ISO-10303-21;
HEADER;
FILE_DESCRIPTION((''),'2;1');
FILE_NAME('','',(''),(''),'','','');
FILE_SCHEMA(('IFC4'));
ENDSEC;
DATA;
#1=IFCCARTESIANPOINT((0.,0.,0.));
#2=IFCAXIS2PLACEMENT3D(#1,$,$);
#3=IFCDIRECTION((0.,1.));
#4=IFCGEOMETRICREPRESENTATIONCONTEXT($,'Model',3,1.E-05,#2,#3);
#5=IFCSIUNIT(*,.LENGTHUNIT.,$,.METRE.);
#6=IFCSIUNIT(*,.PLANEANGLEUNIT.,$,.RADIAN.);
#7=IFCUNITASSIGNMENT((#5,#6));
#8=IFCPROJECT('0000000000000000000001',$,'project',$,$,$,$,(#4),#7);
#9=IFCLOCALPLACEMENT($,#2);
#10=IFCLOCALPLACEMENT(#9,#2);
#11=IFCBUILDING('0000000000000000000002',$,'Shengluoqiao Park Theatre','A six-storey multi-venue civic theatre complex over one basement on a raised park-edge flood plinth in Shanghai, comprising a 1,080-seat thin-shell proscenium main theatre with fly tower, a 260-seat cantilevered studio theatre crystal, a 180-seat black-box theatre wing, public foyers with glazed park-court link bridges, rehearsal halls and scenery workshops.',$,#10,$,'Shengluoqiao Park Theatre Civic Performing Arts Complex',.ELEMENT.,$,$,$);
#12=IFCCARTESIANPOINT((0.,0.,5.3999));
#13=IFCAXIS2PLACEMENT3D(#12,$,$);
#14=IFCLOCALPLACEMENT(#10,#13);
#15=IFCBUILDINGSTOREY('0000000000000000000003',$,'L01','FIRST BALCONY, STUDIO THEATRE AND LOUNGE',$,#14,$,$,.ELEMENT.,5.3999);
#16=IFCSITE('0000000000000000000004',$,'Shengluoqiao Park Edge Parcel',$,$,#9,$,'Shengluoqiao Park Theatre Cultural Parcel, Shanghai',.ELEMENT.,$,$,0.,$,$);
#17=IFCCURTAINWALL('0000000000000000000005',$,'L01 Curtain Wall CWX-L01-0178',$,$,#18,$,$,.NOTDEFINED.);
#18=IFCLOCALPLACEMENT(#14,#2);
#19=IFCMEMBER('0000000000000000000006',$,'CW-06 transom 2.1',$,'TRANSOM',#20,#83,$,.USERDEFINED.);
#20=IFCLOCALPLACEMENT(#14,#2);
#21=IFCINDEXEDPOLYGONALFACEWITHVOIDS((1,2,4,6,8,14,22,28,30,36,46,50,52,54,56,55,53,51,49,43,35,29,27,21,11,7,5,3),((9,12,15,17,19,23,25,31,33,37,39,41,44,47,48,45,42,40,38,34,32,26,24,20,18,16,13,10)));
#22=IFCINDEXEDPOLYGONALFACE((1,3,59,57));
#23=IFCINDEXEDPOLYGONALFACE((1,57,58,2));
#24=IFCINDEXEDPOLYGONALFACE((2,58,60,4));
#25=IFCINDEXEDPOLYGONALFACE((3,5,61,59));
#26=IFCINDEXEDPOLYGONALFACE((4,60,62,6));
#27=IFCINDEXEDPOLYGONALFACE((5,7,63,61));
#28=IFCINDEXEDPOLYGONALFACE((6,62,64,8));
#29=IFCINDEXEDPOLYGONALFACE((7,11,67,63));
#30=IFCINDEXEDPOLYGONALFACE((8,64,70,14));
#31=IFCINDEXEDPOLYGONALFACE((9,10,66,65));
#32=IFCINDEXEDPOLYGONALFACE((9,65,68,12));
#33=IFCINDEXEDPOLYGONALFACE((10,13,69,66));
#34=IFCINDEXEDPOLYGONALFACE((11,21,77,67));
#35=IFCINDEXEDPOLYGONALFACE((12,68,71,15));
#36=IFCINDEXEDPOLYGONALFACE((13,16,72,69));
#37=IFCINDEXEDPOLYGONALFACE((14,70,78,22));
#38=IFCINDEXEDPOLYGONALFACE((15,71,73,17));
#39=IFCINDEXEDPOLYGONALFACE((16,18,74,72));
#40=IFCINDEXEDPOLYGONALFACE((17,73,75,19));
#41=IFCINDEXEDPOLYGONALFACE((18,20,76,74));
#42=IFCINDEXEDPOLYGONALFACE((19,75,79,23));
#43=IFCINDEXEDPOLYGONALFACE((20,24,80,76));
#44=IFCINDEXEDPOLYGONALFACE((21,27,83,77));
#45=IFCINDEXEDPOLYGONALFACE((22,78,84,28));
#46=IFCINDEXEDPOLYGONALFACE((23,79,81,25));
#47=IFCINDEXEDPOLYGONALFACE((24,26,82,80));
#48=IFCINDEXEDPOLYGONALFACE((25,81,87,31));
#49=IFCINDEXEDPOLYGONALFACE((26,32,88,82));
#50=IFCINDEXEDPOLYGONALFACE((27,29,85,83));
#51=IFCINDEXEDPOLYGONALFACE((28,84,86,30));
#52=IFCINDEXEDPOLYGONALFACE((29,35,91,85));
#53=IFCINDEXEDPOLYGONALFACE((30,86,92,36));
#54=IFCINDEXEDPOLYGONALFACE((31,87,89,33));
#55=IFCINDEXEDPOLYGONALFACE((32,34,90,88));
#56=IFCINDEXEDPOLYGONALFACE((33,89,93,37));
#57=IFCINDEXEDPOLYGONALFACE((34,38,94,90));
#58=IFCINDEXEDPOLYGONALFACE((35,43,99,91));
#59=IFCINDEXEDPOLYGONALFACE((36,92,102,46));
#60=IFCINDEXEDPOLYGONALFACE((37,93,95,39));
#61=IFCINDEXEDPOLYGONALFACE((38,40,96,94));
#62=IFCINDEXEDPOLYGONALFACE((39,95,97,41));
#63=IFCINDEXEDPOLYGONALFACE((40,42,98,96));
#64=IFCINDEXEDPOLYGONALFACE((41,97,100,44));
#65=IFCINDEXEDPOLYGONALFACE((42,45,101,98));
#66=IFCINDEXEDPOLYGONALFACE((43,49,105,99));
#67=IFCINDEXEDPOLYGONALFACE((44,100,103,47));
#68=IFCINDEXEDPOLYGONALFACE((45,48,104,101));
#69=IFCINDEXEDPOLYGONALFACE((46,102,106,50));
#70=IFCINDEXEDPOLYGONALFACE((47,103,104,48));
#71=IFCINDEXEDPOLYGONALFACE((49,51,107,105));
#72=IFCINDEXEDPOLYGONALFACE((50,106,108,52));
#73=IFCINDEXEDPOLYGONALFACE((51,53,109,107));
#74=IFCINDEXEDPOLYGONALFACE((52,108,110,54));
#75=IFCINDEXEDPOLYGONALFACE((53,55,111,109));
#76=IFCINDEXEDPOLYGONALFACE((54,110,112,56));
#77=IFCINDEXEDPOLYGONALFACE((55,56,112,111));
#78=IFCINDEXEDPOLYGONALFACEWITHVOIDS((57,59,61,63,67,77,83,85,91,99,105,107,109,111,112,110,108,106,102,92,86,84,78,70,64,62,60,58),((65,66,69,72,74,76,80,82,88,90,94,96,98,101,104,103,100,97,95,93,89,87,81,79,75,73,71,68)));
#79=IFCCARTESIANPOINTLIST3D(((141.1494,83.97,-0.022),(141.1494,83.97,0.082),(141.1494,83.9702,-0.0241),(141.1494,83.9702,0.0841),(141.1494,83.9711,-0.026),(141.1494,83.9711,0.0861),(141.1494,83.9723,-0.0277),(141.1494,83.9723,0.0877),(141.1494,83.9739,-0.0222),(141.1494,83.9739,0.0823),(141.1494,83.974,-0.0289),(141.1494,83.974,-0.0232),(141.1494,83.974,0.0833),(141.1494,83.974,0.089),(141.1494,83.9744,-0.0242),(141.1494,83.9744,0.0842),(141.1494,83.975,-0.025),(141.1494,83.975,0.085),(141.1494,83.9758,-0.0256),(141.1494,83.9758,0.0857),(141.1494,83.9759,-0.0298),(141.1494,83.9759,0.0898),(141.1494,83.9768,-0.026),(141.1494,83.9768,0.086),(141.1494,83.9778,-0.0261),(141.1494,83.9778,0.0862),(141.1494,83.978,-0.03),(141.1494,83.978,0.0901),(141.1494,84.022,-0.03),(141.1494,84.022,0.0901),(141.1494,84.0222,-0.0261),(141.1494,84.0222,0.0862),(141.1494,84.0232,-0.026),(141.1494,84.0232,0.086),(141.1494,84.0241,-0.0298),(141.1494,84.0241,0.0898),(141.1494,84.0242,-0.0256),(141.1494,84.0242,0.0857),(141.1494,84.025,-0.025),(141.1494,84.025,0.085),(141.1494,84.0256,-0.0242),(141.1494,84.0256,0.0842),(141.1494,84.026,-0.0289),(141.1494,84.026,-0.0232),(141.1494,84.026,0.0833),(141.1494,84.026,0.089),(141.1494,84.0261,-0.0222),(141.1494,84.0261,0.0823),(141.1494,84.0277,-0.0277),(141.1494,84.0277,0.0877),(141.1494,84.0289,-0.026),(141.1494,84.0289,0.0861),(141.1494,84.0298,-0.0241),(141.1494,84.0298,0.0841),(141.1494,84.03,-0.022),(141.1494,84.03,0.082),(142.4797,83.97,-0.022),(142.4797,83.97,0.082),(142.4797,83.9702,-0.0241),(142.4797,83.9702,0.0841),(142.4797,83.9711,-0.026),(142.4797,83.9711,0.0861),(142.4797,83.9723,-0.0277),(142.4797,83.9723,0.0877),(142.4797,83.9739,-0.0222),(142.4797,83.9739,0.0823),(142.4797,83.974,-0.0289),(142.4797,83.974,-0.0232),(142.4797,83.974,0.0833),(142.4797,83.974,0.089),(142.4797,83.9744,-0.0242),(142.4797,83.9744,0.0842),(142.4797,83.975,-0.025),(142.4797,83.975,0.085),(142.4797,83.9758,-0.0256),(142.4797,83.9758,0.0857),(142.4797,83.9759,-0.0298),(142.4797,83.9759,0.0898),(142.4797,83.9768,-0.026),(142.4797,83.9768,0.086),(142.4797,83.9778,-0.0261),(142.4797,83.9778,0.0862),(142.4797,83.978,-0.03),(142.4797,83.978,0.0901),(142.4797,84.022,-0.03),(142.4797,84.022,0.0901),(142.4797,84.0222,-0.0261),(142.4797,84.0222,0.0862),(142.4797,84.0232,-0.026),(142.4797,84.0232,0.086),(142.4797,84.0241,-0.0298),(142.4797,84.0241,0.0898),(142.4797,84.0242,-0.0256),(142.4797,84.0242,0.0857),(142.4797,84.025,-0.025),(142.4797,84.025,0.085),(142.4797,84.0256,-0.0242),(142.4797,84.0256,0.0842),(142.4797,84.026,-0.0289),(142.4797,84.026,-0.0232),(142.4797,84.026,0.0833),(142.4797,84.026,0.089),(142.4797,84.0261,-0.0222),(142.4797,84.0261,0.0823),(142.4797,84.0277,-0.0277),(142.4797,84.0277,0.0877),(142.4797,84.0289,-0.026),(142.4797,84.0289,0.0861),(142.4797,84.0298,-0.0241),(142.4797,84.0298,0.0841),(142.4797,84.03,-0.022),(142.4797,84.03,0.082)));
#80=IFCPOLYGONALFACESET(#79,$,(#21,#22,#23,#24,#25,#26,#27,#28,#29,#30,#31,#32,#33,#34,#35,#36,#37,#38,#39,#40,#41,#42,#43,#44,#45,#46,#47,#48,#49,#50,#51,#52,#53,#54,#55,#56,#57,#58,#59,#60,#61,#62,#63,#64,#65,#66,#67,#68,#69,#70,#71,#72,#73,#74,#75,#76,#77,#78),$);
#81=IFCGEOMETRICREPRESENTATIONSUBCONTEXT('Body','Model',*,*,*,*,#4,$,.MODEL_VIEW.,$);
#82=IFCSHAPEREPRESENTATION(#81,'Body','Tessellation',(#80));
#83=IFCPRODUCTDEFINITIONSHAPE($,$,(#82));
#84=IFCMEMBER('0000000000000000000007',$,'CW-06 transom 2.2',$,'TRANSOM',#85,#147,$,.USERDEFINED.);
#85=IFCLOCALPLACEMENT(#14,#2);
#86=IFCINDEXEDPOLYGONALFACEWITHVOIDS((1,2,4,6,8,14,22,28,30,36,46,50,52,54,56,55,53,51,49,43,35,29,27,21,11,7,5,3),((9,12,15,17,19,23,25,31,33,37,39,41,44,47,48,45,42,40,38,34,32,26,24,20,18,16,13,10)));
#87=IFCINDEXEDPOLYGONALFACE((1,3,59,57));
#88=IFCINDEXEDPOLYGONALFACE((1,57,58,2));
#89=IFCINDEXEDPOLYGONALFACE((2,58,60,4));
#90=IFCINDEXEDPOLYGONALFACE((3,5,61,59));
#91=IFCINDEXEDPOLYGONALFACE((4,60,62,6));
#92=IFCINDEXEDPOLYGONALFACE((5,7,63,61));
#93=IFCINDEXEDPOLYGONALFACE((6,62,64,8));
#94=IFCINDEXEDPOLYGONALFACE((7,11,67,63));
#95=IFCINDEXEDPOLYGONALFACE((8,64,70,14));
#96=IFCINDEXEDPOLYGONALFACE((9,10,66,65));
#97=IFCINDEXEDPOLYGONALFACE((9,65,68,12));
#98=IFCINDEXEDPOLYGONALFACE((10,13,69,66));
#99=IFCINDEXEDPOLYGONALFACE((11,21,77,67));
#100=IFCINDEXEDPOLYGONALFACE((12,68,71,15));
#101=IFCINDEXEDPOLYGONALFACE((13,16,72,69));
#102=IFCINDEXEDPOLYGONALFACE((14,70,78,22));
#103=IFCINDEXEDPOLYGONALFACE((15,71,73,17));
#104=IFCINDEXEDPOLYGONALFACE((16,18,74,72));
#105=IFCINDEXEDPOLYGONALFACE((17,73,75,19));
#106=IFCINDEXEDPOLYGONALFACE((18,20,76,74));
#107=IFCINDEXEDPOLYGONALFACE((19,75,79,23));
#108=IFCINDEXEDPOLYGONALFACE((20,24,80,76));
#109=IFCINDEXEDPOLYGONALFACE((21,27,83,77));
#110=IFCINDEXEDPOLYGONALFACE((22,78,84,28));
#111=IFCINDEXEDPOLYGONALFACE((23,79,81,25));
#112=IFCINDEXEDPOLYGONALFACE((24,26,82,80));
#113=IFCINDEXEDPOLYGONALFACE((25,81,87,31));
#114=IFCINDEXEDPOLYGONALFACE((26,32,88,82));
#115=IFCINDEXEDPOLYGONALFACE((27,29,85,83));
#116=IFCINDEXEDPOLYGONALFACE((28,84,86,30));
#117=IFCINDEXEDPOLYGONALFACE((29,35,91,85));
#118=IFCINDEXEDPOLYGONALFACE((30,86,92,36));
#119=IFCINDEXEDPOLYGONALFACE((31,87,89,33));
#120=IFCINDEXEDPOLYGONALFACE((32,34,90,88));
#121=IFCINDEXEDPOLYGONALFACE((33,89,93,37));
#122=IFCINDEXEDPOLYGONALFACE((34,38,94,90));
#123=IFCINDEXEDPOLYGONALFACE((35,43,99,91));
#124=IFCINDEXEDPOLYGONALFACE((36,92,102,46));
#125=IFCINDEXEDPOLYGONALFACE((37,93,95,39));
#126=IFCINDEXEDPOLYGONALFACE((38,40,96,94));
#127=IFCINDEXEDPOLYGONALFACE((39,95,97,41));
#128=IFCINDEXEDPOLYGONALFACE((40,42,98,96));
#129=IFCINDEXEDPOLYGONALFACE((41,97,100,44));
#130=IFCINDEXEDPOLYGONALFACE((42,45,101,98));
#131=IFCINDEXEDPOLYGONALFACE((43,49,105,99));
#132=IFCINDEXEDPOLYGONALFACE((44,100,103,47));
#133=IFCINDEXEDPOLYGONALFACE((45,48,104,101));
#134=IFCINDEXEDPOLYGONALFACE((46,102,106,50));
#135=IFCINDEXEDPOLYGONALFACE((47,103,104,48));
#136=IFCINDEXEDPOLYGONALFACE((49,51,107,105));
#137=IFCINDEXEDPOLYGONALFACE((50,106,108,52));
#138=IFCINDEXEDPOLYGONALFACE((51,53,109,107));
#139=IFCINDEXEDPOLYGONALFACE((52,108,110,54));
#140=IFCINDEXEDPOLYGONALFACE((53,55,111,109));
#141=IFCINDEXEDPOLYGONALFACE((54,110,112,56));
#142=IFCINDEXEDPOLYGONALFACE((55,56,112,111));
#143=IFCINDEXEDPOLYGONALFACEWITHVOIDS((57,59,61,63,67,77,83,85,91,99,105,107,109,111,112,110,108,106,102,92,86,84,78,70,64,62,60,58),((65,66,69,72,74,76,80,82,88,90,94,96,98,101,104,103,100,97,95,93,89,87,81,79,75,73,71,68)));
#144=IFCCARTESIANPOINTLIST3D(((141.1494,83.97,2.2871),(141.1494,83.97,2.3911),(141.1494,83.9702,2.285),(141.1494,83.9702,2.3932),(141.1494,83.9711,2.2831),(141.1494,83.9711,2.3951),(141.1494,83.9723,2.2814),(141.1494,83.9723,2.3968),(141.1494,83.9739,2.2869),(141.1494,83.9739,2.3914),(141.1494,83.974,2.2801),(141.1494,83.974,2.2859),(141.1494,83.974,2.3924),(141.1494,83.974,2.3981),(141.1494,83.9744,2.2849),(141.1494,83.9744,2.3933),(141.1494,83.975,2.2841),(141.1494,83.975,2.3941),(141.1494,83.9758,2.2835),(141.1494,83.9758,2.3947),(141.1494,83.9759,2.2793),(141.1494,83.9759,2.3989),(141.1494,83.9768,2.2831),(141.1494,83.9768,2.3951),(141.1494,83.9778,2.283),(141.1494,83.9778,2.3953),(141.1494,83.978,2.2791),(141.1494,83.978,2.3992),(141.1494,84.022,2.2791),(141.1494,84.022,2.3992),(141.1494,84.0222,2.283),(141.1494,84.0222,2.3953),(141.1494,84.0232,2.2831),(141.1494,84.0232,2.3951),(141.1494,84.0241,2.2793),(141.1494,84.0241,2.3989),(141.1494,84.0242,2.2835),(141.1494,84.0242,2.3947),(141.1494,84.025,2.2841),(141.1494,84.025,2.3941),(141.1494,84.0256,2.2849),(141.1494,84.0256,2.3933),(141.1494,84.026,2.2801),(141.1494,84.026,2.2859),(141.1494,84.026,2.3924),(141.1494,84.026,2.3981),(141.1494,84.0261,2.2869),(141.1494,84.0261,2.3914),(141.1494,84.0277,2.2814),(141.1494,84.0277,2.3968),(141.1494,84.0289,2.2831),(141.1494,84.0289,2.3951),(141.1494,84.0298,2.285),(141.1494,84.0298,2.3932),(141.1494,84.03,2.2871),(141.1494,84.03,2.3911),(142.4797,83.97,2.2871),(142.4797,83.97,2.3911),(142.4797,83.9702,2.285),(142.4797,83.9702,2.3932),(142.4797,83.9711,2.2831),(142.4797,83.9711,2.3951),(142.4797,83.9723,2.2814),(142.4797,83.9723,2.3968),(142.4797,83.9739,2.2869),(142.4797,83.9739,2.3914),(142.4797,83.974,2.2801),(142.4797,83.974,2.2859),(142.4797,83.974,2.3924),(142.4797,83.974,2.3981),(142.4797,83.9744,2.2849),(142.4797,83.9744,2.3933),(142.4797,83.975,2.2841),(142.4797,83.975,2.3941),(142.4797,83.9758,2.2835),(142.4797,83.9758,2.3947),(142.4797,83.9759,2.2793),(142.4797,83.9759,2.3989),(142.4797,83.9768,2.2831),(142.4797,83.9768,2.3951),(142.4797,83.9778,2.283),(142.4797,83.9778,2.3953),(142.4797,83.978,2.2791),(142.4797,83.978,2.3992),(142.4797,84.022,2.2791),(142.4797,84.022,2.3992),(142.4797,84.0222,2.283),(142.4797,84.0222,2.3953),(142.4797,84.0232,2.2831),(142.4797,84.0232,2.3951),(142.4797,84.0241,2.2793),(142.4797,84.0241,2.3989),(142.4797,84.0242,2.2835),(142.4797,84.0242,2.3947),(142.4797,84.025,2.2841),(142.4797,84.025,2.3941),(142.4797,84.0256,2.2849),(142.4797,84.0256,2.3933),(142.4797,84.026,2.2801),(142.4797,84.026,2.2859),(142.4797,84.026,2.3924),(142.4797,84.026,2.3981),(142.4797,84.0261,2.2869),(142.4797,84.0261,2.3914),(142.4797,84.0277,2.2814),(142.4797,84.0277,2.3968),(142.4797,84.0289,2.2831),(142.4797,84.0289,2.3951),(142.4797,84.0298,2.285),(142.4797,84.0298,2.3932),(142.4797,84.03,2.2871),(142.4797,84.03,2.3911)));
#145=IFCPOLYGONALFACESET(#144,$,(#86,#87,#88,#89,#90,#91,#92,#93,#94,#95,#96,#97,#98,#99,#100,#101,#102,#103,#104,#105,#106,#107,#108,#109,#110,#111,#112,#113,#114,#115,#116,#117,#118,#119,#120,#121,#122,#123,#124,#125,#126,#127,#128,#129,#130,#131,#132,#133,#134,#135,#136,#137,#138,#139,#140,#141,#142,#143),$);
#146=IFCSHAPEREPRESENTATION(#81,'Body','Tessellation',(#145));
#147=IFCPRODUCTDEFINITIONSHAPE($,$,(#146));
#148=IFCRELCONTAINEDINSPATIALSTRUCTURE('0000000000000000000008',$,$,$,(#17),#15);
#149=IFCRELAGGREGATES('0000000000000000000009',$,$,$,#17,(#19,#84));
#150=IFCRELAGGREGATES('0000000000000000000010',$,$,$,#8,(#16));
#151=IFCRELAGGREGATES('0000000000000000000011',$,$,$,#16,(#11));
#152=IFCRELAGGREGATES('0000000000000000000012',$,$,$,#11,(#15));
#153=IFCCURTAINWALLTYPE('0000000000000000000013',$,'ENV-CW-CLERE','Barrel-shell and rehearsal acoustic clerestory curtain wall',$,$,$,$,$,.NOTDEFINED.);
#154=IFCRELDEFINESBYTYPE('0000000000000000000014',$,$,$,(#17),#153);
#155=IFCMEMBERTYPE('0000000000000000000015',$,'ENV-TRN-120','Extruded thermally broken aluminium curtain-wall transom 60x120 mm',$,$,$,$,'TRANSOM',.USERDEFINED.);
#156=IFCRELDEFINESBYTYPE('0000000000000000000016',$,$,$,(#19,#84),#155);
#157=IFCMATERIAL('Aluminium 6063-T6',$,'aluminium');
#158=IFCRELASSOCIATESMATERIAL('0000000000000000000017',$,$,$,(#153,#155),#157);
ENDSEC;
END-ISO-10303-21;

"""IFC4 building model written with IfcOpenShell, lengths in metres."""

from ifc_helpers import new_model, si_unit, direction, frame, origin, origin_2d, place, context, subcontext, project, spatial, hollow_rectangle, extrude, material, material_profile, profile_set, type_object, element, aggregate, save


model = new_model("IFC4")

# Units and contexts
model_context = context("Model", 3, precision=1e-05, world=origin(), true_north=direction((0.0, 1.0)))
body_context = subcontext(model_context, "Body", "Model", "MODEL_VIEW")
ifc_project = project(units=[si_unit("LENGTHUNIT", "METRE"), si_unit("PLANEANGLEUNIT", "RADIAN")], contexts=[model_context])

# Site, building, storey
site_placement = place(None, origin())
site = spatial("IfcSite", under=ifc_project, at=site_placement, Name="Shengluoqiao Park Edge Parcel", LongName="Shengluoqiao Park Theatre Cultural Parcel, Shanghai", CompositionType="ELEMENT", RefElevation=0.0)
building_placement = place(site_placement, origin())
building = spatial("IfcBuilding", under=site, at=building_placement, Name="Shengluoqiao Park Theatre", Description="A six-storey multi-venue civic theatre complex over one basement on a raised park-edge flood plinth in Shanghai, comprising a 1,080-seat thin-shell proscenium main theatre with fly tower, a 260-seat cantilevered studio theatre crystal, a 180-seat black-box theatre wing, public foyers with glazed park-court link bridges, rehearsal halls and scenery workshops.", LongName="Shengluoqiao Park Theatre Civic Performing Arts Complex", CompositionType="ELEMENT")
storey_placement = place(building_placement, frame((0.0, 0.0, 5.3999)))
storey = spatial("IfcBuildingStorey", under=building, at=storey_placement, Name="L01", Description="FIRST BALCONY, STUDIO THEATRE AND LOUNGE", CompositionType="ELEMENT", Elevation=5.3999)

# Curtain wall, members
ifc_material_1 = material(Name="Aluminium 6063-T6", Category="aluminium")
curtain_wall_type = type_object("IfcCurtainWallType", Name="ENV-CW-CLERE", Description="Barrel-shell and rehearsal acoustic clerestory curtain wall", PredefinedType="NOTDEFINED", material=ifc_material_1)
curtain_wall_placement = place(storey_placement, origin())
curtain_wall = element("IfcCurtainWall", 1, at=curtain_wall_placement, inside=storey, type_object=curtain_wall_type, Name="L01 Curtain Wall CWX-L01-0178", PredefinedType="NOTDEFINED")
ifc_material_profile_1 = material_profile(ifc_material_1, hollow_rectangle(XDim=0.0601, YDim=0.1201, WallThickness=0.0039, InnerFilletRadius=0.0039, OuterFilletRadius=0.0081, at=origin_2d()), Name="ALU TRANSOM 120x60x4")
ifc_profile_set_1 = profile_set([ifc_material_profile_1], Name="Aluminium 6063-T6")
member_type_1 = type_object("IfcMemberType", Name="ENV-TRN-120", Description="Extruded thermally broken aluminium curtain-wall transom 60x120 mm", ElementType="TRANSOM", PredefinedType="USERDEFINED", material=ifc_profile_set_1)
member_1_placement = place(storey_placement, frame((141.1494, 84.0, 0.03), z_axis=(1.0, 0.0, 0.0), x_axis=(0.0, 1.0, 0.0)))
member_1 = element("IfcMember", 2, at=member_1_placement, type_object=member_type_1, Name="CW-06 transom 2.1", ObjectType="TRANSOM", PredefinedType="USERDEFINED", context=body_context, shape_type="SweptSolid", body=[
    extrude(hollow_rectangle(XDim=0.0601, YDim=0.1201, WallThickness=0.0039, InnerFilletRadius=0.0039, OuterFilletRadius=0.0081, at=origin_2d()), origin(), (0.0, 0.0, 1.0), 1.3303),
])
member_2_placement = place(storey_placement, frame((141.1494, 84.0, 2.3391), z_axis=(1.0, 0.0, 0.0), x_axis=(0.0, 1.0, 0.0)))
member_2 = element("IfcMember", 3, at=member_2_placement, type_object=member_type_1, Name="CW-06 transom 2.2", ObjectType="TRANSOM", PredefinedType="USERDEFINED", context=body_context, shape_type="SweptSolid", body=[
    extrude(hollow_rectangle(XDim=0.0601, YDim=0.1201, WallThickness=0.0039, InnerFilletRadius=0.0039, OuterFilletRadius=0.0081, at=origin_2d()), origin(), (0.0, 0.0, 1.0), 1.3303),
])

aggregate(curtain_wall, [member_1, member_2])

save(model, "model.ifc")
